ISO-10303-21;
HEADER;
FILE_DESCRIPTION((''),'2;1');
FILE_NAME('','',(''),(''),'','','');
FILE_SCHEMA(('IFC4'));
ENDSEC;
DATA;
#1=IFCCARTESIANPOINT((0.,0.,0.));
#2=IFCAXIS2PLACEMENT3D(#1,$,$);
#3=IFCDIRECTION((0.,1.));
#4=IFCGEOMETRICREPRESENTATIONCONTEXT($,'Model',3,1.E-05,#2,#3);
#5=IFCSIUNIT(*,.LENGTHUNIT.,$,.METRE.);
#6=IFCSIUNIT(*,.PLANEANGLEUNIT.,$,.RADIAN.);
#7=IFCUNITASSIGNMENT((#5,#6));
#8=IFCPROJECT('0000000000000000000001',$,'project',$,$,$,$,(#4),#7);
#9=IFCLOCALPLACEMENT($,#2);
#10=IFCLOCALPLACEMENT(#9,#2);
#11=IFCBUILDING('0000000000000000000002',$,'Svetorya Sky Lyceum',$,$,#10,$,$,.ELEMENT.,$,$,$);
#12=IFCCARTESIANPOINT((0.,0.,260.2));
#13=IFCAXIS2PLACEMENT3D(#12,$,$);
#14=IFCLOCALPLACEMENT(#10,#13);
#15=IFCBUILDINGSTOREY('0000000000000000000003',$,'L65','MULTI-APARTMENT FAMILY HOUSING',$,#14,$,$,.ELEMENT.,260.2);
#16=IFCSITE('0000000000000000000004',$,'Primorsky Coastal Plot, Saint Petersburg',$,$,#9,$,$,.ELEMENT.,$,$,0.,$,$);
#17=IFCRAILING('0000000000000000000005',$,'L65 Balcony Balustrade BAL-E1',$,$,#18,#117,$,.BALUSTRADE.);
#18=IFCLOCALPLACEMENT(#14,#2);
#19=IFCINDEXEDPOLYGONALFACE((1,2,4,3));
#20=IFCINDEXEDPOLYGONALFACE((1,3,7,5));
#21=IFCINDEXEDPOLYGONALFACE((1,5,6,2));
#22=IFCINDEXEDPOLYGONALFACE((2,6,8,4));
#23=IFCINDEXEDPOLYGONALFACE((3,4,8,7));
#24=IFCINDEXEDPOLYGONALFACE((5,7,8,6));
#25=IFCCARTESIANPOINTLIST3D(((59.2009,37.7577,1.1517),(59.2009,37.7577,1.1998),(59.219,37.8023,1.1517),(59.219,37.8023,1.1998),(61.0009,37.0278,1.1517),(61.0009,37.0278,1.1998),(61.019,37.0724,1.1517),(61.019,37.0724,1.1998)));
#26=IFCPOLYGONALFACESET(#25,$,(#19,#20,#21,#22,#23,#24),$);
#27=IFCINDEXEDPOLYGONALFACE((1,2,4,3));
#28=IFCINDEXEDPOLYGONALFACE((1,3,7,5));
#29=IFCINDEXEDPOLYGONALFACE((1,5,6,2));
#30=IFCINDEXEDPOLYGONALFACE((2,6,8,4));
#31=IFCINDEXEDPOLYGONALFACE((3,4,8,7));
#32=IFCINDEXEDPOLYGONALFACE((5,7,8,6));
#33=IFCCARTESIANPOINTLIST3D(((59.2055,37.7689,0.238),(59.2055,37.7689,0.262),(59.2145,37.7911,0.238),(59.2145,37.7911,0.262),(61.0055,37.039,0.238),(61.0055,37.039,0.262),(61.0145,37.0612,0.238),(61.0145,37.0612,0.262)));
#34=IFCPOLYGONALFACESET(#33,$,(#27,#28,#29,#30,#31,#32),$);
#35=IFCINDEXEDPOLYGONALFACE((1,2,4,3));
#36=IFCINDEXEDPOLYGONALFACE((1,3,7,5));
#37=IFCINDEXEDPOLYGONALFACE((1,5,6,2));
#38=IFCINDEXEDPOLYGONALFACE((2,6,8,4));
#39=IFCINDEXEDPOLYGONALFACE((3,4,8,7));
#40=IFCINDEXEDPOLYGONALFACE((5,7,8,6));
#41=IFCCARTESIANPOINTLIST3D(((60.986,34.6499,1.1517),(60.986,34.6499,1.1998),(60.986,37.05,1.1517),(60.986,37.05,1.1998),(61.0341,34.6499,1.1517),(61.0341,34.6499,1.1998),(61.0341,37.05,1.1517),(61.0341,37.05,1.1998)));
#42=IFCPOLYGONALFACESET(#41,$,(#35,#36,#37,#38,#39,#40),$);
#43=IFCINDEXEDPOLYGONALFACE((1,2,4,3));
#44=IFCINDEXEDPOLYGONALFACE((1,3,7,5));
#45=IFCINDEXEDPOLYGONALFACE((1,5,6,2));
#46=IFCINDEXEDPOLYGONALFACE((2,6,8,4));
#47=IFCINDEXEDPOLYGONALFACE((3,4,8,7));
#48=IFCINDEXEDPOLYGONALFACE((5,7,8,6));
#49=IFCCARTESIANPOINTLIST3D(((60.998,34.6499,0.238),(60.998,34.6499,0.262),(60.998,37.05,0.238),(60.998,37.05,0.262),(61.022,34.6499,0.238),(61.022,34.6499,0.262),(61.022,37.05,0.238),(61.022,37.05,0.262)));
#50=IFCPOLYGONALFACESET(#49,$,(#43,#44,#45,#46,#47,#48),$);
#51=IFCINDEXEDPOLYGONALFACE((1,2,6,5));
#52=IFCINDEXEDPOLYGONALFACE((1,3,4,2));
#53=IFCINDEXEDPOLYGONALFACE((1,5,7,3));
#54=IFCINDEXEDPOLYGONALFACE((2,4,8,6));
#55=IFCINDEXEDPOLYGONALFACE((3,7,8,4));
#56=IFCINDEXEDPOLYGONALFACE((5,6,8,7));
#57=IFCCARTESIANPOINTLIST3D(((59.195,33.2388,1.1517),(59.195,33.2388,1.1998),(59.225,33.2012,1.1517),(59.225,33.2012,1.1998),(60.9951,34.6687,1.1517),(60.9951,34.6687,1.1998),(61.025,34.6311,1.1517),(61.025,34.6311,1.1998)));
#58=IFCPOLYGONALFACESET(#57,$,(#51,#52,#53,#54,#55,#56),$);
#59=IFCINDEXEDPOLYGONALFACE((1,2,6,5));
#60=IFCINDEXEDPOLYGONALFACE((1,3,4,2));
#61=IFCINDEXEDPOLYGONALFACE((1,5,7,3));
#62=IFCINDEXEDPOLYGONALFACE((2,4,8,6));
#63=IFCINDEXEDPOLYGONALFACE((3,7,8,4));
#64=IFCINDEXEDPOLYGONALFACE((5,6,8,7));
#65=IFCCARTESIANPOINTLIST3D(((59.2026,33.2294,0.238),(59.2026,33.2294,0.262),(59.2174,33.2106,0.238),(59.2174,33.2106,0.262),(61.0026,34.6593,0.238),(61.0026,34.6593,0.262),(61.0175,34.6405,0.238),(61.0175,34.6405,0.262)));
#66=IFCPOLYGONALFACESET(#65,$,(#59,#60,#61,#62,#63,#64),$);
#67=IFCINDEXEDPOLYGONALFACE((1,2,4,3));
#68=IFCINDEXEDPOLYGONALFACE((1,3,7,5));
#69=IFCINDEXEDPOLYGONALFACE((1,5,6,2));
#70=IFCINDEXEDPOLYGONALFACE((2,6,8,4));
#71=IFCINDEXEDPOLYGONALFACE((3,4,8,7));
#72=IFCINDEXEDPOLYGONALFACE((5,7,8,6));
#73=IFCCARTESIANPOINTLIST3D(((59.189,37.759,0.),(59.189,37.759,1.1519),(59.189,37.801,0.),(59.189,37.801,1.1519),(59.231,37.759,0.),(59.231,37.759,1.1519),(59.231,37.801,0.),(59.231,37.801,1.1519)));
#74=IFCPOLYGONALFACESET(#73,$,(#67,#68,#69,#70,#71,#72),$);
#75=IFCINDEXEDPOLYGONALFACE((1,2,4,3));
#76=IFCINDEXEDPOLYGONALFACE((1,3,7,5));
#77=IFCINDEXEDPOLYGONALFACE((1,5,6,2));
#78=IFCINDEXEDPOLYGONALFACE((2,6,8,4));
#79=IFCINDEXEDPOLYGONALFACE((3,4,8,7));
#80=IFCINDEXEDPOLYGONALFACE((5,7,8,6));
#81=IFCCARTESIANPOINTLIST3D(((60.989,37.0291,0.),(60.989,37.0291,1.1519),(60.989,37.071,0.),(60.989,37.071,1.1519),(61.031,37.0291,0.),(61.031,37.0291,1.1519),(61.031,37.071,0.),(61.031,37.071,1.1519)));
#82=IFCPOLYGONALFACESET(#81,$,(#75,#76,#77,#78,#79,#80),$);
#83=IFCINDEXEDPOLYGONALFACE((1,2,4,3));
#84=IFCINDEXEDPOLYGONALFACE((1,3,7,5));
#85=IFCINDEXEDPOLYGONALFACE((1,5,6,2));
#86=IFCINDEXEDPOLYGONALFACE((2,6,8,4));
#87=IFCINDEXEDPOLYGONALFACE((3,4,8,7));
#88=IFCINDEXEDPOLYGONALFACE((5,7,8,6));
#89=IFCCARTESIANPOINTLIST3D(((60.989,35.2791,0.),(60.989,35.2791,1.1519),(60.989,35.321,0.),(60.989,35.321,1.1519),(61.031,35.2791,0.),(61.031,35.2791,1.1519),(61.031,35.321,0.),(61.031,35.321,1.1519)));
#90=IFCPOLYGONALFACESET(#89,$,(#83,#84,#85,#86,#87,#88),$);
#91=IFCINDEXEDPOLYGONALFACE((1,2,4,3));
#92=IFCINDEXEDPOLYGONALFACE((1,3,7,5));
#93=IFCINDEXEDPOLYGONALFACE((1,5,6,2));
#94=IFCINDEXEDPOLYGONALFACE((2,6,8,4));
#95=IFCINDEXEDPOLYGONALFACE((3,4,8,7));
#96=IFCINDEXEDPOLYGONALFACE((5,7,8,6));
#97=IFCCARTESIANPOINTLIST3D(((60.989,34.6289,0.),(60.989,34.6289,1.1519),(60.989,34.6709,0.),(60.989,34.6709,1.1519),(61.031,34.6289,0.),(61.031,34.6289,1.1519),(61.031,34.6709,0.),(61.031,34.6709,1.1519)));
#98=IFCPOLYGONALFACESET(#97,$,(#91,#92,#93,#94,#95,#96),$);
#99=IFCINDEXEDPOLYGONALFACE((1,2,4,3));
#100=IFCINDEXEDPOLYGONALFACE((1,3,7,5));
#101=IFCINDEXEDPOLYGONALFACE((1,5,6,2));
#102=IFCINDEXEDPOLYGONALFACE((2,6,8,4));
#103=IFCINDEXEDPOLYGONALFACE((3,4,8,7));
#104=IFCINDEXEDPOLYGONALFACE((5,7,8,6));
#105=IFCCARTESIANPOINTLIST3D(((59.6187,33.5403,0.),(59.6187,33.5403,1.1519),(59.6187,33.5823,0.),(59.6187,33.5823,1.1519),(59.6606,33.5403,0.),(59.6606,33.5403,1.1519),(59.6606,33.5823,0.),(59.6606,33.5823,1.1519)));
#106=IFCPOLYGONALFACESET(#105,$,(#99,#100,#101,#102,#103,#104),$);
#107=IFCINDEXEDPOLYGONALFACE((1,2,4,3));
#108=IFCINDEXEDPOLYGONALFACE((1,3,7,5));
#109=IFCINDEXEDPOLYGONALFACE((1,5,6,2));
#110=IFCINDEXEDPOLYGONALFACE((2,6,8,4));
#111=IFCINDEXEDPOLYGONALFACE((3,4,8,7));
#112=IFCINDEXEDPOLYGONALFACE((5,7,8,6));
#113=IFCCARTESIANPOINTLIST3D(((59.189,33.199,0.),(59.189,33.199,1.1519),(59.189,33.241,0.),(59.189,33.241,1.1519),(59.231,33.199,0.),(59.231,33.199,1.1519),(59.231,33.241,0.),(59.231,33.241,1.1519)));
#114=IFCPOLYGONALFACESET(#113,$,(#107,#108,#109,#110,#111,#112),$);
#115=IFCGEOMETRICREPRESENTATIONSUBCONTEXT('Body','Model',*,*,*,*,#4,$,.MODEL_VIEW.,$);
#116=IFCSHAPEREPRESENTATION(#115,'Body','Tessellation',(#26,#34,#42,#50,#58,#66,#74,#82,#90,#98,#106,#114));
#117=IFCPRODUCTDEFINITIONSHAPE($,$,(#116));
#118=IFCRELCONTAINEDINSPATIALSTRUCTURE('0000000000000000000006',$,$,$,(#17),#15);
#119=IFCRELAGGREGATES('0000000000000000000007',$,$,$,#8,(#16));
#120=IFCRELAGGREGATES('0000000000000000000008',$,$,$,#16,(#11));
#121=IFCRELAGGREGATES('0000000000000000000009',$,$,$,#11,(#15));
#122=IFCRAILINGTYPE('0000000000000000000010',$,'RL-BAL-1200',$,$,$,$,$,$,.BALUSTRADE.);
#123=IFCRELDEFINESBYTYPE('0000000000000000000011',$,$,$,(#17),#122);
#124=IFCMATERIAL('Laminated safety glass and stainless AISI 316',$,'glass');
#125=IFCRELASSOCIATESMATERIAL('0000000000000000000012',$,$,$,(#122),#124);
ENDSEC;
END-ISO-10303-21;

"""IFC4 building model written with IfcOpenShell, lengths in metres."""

from ifc_helpers import new_model, si_unit, direction, frame, origin, origin_2d, place, context, subcontext, project, spatial, rectangle, extrude, material, type_object, element, save


model = new_model("IFC4")

# Units and contexts
model_context = context("Model", 3, precision=1e-05, world=origin(), true_north=direction((0.0, 1.0)))
body_context = subcontext(model_context, "Body", "Model", "MODEL_VIEW")
ifc_project = project(units=[si_unit("LENGTHUNIT", "METRE"), si_unit("PLANEANGLEUNIT", "RADIAN")], contexts=[model_context])

# Site, building, storey
site_placement = place(None, origin())
site = spatial("IfcSite", under=ifc_project, at=site_placement, Name="Primorsky Coastal Plot, Saint Petersburg", CompositionType="ELEMENT", RefElevation=0.0)
building_placement = place(site_placement, origin())
building = spatial("IfcBuilding", under=site, at=building_placement, Name="Svetorya Sky Lyceum", CompositionType="ELEMENT")
storey_placement = place(building_placement, frame((0.0, 0.0, 260.2)))
storey = spatial("IfcBuildingStorey", under=building, at=storey_placement, Name="L65", Description="MULTI-APARTMENT FAMILY HOUSING", CompositionType="ELEMENT", Elevation=260.2)

# Railing
ifc_material_1 = material(Name="Laminated safety glass and stainless AISI 316", Category="glass")
railing_type = type_object("IfcRailingType", Name="RL-BAL-1200", PredefinedType="BALUSTRADE", material=ifc_material_1)
railing_placement = place(storey_placement, frame((59.21, 37.78, 0.0)))
element("IfcRailing", 1, at=railing_placement, inside=storey, type_object=railing_type, Name="L65 Balcony Balustrade BAL-E1", PredefinedType="BALUSTRADE", context=body_context, shape_type="SweptSolid", body=[
    extrude(rectangle(XDim=0.0481, YDim=0.0481, at=origin_2d()), frame((0.0, 0.0, 1.1758), z_axis=(0.926698, -0.375807, 0.0), x_axis=(0.375807, 0.926698, 0.0)), (0.0, 0.0, 1.0), 1.9424),
    extrude(rectangle(XDim=0.0239, YDim=0.0239, at=origin_2d()), frame((0.0, 0.0, 0.25), z_axis=(0.926698, -0.375807, 0.0), x_axis=(0.375807, 0.926698, 0.0)), (0.0, 0.0, 1.0), 1.9424),
    extrude(rectangle(XDim=0.0481, YDim=0.0481, at=origin_2d()), frame((1.8, -0.73, 1.1758), z_axis=(0.0, -1.0, 0.0), x_axis=(1.0, 0.0, 0.0)), (0.0, 0.0, 1.0), 2.4001),
    extrude(rectangle(XDim=0.0239, YDim=0.0239, at=origin_2d()), frame((1.8, -0.73, 0.25), z_axis=(0.0, -1.0, 0.0), x_axis=(1.0, 0.0, 0.0)), (0.0, 0.0, 1.0), 2.4001),
    extrude(rectangle(XDim=0.0481, YDim=0.0481, at=origin_2d()), frame((1.8, -3.1301, 1.1758), z_axis=(-0.783009, -0.62201, 0.0), x_axis=(0.62201, -0.783009, 0.0)), (0.0, 0.0, 1.0), 2.2988),
    extrude(rectangle(XDim=0.0239, YDim=0.0239, at=origin_2d()), frame((1.8, -3.1301, 0.25), z_axis=(-0.783009, -0.62201, 0.0), x_axis=(0.62201, -0.783009, 0.0)), (0.0, 0.0, 1.0), 2.2988),
    extrude(rectangle(XDim=0.042, YDim=0.042, at=origin_2d()), origin(), (0.0, 0.0, 1.0), 1.1519),
    extrude(rectangle(XDim=0.042, YDim=0.042, at=origin_2d()), frame((1.8, -0.73, 0.0)), (0.0, 0.0, 1.0), 1.1519),
    extrude(rectangle(XDim=0.042, YDim=0.042, at=origin_2d()), frame((1.8, -2.48, 0.0)), (0.0, 0.0, 1.0), 1.1519),
    extrude(rectangle(XDim=0.042, YDim=0.042, at=origin_2d()), frame((1.8, -3.1301, 0.0)), (0.0, 0.0, 1.0), 1.1519),
    extrude(rectangle(XDim=0.042, YDim=0.042, at=origin_2d()), frame((0.4297, -4.2188, 0.0)), (0.0, 0.0, 1.0), 1.1519),
    extrude(rectangle(XDim=0.042, YDim=0.042, at=origin_2d()), frame((0.0, -4.5601, 0.0)), (0.0, 0.0, 1.0), 1.1519),
])

save(model, "model.ifc")
